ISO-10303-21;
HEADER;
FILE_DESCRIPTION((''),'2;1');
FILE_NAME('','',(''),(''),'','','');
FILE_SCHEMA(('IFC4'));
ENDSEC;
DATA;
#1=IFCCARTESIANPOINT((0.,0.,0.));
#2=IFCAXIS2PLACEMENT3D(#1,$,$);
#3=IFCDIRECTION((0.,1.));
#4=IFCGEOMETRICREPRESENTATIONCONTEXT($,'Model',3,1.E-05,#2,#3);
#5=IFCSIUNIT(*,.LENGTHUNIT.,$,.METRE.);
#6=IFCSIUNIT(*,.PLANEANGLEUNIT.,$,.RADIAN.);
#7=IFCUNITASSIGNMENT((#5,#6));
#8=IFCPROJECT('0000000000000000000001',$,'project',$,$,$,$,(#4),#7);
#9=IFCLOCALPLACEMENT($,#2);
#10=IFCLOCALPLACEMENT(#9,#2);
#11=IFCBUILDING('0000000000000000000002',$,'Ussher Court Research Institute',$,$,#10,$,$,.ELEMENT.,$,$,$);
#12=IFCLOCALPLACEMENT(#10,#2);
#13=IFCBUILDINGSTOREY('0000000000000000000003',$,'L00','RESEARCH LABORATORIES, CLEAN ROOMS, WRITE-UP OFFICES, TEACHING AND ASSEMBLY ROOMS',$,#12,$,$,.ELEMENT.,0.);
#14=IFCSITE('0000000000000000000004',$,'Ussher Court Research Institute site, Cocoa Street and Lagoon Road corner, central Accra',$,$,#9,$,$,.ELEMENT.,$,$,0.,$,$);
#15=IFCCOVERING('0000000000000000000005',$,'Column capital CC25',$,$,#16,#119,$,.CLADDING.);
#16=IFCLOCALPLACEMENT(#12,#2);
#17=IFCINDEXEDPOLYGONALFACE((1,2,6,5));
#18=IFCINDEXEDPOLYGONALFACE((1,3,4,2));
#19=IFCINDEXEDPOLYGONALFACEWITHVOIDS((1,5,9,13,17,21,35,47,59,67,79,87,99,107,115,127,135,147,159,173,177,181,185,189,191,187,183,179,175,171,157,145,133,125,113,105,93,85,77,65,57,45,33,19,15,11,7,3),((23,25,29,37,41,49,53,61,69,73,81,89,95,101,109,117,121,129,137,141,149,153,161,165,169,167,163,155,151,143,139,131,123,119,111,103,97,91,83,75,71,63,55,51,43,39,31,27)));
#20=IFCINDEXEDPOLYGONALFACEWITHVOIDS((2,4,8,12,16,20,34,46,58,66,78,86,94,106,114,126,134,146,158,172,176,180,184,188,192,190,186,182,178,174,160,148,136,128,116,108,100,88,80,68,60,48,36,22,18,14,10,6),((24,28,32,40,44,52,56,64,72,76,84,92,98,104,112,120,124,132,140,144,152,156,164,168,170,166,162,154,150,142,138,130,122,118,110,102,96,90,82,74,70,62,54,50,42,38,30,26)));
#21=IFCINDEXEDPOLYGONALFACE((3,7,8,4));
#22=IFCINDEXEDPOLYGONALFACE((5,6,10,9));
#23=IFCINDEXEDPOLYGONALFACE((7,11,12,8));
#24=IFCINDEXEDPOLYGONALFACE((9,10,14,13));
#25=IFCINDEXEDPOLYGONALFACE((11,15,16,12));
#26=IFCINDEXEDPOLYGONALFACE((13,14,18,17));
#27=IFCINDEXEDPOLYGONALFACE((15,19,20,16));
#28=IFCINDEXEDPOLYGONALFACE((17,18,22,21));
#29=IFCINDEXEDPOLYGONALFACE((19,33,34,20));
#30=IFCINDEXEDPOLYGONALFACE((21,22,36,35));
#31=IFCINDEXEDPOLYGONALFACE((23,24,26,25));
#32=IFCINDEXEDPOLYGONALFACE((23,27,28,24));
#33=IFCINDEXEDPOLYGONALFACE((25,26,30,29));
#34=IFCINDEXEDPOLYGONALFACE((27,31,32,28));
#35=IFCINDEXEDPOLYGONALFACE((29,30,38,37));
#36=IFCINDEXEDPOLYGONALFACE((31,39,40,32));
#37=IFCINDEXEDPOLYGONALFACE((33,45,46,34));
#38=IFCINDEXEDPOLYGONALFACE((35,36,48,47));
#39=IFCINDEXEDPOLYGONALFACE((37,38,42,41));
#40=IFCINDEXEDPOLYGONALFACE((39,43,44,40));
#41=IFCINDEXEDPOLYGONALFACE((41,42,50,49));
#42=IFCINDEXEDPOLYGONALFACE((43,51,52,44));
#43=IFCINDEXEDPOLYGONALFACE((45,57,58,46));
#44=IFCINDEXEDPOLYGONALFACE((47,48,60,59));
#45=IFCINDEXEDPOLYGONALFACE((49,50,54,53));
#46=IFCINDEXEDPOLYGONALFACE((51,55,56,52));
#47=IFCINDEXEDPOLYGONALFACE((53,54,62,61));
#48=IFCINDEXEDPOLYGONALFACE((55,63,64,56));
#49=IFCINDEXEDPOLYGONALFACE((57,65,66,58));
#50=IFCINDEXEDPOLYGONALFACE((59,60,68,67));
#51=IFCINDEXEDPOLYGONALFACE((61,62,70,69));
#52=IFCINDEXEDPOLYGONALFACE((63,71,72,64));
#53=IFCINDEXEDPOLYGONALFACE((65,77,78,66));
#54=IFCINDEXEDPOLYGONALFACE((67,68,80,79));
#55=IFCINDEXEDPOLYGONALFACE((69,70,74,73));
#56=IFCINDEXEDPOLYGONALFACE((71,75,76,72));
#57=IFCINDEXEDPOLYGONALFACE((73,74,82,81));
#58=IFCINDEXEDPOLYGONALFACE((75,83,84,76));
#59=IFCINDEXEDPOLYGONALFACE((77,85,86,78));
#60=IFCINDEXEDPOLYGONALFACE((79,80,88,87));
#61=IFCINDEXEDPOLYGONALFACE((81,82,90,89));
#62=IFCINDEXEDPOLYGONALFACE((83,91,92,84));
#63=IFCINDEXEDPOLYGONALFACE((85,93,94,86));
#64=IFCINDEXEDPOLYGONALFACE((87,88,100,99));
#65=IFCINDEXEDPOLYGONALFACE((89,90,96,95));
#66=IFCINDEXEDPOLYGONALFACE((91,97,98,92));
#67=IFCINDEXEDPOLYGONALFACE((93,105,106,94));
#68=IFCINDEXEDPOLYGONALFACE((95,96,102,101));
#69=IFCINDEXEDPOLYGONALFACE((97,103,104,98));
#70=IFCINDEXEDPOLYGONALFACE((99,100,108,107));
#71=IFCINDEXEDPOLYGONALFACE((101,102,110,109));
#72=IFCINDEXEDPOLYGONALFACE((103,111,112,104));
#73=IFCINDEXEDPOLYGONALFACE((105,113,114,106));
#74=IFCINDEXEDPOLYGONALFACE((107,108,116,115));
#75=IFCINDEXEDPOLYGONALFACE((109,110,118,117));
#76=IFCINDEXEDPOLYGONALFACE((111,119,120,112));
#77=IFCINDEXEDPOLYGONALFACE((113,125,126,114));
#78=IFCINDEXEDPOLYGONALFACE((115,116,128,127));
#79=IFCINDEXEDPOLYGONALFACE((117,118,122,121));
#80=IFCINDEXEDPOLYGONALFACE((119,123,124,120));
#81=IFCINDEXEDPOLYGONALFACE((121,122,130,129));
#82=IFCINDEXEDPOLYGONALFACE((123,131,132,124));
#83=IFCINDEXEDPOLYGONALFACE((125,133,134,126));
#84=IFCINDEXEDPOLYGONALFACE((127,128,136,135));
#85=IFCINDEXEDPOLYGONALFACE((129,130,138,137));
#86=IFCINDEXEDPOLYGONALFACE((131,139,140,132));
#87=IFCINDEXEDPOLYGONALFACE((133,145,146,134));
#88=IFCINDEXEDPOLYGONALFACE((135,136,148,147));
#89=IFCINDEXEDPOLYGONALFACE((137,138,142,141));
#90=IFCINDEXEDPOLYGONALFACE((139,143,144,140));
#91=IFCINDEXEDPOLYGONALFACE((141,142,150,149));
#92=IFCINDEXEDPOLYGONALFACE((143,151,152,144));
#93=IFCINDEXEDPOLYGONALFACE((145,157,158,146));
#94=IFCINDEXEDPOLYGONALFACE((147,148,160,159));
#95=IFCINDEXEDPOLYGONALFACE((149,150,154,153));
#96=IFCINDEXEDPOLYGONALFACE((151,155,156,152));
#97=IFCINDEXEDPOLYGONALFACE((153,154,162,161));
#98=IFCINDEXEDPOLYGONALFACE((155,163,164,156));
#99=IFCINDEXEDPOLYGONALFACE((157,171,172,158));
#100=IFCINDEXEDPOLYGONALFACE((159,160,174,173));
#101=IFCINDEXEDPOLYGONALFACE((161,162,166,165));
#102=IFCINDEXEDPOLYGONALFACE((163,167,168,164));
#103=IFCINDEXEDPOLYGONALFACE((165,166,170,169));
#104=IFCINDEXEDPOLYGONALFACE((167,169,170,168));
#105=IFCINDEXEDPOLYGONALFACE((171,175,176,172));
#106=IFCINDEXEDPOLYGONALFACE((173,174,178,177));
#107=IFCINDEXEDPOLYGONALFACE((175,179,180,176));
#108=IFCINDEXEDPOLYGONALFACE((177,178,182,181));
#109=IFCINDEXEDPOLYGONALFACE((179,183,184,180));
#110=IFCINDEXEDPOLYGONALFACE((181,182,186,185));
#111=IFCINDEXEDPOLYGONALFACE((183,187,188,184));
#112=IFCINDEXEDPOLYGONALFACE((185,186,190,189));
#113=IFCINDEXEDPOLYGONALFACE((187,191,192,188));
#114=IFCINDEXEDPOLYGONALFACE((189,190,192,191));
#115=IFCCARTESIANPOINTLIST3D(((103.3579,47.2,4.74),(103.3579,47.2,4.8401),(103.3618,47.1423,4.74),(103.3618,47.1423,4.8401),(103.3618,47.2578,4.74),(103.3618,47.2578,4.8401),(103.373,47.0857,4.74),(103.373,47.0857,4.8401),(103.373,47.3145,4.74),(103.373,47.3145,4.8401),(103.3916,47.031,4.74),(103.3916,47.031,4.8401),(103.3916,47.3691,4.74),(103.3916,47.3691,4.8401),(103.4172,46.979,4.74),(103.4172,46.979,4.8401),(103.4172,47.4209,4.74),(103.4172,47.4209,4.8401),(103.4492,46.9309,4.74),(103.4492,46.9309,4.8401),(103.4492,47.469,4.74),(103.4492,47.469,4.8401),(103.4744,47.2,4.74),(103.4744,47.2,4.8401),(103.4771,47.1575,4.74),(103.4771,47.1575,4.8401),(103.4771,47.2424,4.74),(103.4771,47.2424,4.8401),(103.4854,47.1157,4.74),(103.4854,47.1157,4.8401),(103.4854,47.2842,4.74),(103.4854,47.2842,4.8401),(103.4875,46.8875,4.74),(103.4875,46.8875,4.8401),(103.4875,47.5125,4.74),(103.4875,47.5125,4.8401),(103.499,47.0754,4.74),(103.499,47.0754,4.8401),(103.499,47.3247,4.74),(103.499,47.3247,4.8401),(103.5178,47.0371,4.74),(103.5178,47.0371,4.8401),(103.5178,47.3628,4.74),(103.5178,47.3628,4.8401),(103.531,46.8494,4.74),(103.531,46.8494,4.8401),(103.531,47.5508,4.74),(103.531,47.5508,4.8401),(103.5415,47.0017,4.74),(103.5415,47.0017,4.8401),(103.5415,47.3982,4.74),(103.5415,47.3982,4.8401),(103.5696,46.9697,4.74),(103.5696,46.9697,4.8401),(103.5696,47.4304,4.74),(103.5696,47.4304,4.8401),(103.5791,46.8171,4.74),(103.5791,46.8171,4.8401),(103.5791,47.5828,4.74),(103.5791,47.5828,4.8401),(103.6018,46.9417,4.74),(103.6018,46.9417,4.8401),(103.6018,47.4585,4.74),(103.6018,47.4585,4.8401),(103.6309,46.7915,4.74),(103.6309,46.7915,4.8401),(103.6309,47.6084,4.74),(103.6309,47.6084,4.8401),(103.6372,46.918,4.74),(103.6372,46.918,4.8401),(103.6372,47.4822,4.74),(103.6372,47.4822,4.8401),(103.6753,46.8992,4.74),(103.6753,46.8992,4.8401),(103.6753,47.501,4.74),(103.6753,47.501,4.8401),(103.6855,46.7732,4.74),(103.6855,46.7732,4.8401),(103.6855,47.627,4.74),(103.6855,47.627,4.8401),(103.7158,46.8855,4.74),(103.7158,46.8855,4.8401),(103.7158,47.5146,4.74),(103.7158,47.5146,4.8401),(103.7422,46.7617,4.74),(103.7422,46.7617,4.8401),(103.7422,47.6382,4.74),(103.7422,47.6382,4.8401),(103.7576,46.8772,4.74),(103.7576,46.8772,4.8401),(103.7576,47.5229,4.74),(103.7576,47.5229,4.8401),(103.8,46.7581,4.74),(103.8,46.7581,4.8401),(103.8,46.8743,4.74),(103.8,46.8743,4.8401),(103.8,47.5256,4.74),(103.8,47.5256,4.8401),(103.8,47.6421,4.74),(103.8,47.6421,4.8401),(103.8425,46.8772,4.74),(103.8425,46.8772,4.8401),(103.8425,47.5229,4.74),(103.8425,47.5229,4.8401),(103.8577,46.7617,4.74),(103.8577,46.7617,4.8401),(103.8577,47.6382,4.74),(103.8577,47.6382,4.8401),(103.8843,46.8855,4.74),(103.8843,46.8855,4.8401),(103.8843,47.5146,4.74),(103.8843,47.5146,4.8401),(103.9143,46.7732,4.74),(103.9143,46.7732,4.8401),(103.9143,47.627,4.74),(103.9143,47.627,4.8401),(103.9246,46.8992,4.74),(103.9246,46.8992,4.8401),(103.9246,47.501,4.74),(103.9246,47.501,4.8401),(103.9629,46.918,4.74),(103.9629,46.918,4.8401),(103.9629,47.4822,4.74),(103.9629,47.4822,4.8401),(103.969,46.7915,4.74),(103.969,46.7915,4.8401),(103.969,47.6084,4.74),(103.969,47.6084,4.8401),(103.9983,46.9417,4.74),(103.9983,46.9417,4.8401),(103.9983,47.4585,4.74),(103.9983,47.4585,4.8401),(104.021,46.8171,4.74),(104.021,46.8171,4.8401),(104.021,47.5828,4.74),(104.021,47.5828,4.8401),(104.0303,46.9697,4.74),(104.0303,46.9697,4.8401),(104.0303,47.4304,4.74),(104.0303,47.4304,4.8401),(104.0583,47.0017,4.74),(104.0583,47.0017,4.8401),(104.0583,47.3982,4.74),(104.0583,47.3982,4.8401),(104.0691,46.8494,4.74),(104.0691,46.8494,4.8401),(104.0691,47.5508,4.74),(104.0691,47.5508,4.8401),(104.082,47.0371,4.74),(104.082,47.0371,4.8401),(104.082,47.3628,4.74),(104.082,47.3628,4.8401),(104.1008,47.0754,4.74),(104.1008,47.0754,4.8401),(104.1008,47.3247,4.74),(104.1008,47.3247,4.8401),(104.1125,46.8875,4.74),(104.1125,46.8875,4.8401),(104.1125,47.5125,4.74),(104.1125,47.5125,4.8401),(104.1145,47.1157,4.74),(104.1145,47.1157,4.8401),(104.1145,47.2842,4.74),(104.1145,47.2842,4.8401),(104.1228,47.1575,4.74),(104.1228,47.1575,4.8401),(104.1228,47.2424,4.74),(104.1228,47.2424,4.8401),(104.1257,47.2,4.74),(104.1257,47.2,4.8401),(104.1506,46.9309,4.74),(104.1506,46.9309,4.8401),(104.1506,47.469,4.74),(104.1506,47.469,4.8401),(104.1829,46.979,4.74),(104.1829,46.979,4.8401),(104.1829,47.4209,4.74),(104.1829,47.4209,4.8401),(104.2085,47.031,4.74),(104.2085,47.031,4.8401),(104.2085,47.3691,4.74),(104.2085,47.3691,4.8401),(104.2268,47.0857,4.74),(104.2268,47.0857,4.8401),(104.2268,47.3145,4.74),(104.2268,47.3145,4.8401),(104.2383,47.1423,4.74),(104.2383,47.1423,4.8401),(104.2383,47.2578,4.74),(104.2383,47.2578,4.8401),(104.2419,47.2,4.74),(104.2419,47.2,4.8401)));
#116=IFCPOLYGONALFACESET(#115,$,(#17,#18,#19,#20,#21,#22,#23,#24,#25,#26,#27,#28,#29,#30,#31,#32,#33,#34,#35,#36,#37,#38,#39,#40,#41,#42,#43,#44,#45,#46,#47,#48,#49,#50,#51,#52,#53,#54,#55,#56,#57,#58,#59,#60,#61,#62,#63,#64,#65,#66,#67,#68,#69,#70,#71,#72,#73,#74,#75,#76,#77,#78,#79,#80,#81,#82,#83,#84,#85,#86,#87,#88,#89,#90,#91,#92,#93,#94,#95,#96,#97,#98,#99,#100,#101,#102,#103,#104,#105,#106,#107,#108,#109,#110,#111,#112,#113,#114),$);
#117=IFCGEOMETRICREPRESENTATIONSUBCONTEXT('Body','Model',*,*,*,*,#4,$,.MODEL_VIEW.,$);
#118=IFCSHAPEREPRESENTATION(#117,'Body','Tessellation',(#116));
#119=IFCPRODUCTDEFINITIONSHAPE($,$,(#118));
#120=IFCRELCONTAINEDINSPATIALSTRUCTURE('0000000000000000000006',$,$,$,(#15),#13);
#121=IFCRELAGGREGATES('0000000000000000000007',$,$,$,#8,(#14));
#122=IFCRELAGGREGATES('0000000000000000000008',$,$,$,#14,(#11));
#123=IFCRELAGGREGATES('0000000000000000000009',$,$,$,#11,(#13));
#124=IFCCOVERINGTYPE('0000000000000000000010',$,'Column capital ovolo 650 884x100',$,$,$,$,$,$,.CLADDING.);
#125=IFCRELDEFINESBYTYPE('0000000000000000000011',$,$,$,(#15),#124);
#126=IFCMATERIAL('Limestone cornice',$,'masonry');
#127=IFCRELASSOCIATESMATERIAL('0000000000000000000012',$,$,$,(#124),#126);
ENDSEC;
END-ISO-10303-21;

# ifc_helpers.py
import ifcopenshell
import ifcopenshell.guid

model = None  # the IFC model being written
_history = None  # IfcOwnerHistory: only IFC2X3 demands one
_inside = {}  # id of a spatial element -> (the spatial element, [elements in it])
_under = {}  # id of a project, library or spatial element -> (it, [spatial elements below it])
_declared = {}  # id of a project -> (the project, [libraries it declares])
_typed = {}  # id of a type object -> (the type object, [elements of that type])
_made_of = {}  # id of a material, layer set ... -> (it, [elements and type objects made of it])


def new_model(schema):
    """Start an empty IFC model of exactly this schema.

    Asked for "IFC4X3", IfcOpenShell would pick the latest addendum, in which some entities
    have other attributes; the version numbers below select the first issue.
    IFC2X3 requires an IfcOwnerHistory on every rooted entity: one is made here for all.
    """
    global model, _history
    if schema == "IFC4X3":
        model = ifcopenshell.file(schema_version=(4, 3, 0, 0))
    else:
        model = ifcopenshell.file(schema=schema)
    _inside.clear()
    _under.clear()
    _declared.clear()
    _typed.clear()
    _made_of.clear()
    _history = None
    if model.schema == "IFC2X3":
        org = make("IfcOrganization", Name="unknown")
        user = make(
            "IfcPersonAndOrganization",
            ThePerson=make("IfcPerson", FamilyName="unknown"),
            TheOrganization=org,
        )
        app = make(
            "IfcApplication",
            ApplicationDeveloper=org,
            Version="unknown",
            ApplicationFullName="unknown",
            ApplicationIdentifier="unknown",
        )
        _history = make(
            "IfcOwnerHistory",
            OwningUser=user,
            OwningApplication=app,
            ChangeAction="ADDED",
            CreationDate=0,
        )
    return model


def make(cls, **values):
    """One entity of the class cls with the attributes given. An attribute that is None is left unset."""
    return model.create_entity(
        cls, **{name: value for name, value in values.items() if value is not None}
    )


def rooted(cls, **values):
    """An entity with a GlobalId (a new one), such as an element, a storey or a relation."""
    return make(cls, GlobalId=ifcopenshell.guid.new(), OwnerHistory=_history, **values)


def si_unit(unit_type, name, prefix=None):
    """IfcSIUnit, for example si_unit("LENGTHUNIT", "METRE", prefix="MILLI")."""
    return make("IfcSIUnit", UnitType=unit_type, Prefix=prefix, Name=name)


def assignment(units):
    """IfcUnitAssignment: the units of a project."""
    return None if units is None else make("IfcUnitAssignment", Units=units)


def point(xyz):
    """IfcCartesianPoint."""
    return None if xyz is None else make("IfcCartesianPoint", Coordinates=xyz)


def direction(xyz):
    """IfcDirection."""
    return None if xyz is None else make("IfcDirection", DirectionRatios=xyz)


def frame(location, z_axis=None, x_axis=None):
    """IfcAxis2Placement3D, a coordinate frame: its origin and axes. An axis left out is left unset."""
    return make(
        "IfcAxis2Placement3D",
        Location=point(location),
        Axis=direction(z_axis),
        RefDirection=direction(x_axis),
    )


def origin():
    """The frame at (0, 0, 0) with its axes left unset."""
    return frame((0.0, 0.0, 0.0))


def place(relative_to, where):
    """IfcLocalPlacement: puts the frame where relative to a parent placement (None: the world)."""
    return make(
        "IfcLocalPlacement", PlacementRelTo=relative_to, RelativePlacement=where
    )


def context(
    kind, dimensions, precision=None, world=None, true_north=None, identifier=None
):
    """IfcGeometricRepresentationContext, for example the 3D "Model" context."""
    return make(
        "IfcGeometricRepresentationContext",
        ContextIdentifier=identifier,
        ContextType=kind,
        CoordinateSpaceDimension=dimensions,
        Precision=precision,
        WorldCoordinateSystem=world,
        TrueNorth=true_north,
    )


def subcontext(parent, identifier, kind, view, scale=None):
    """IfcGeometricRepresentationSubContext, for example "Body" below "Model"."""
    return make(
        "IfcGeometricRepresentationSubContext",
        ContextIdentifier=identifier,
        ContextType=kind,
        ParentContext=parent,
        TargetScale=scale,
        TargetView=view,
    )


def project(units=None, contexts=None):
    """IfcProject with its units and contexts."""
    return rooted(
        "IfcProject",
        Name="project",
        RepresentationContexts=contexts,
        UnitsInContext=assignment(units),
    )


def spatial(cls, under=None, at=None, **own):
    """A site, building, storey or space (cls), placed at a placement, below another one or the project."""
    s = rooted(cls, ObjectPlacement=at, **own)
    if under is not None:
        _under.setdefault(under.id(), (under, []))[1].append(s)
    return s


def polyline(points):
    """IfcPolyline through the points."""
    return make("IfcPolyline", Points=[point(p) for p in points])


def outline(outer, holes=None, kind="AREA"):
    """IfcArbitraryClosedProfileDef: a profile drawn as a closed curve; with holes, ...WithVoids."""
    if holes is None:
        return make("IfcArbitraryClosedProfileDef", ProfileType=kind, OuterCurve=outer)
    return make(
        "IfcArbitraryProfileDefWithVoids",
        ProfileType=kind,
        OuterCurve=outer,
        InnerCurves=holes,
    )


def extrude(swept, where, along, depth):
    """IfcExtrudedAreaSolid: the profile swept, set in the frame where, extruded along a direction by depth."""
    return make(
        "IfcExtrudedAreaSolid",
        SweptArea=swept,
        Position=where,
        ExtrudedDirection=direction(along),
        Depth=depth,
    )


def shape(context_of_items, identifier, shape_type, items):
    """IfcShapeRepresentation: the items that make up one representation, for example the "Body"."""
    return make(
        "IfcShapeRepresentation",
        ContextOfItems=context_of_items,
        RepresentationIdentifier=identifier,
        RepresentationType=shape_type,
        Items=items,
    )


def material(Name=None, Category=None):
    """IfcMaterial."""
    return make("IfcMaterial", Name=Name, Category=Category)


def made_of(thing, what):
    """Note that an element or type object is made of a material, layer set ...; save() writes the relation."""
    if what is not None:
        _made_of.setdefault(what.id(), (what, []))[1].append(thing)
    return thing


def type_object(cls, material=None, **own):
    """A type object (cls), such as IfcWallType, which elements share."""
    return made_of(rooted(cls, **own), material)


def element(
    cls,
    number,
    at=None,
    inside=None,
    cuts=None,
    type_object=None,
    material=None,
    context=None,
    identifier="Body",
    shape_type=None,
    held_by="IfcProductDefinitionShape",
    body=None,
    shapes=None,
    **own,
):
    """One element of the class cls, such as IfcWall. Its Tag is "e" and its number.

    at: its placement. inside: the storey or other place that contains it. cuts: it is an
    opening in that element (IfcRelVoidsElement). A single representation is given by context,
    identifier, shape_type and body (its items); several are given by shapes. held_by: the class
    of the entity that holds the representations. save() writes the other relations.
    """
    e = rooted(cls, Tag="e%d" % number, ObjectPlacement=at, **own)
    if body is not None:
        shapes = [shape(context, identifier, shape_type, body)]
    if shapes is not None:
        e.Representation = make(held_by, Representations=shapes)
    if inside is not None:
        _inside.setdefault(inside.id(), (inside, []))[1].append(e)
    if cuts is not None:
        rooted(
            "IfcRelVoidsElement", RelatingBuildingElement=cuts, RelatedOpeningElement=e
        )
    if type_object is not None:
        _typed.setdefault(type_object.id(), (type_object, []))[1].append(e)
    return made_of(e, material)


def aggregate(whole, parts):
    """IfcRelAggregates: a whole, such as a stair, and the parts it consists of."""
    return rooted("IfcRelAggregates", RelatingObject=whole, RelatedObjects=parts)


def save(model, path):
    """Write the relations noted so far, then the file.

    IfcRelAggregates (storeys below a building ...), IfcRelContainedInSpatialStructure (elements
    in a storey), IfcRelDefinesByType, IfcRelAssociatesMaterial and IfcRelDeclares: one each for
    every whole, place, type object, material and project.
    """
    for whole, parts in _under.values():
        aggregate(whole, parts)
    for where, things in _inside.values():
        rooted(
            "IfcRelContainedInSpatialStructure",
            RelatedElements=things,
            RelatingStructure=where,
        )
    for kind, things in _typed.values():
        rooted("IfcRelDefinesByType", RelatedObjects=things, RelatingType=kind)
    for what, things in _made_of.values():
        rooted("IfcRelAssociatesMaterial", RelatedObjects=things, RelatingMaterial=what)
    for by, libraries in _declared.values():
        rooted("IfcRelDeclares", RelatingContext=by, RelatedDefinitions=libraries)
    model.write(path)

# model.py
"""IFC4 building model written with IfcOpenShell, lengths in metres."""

from ifc_helpers import new_model, si_unit, direction, frame, origin, place, context, subcontext, project, spatial, polyline, outline, extrude, material, type_object, element, save


model = new_model("IFC4")

# Units and contexts
model_context = context("Model", 3, precision=1e-05, world=origin(), true_north=direction((0.0, 1.0)))
body_context = subcontext(model_context, "Body", "Model", "MODEL_VIEW")
ifc_project = project(units=[si_unit("LENGTHUNIT", "METRE"), si_unit("PLANEANGLEUNIT", "RADIAN")], contexts=[model_context])

# Site, building, storey
site_placement = place(None, origin())
site = spatial("IfcSite", under=ifc_project, at=site_placement, Name="Ussher Court Research Institute site, Cocoa Street and Lagoon Road corner, central Accra", CompositionType="ELEMENT", RefElevation=0.0)
building_placement = place(site_placement, origin())
building = spatial("IfcBuilding", under=site, at=building_placement, Name="Ussher Court Research Institute", CompositionType="ELEMENT")
storey_placement = place(building_placement, origin())
storey = spatial("IfcBuildingStorey", under=building, at=storey_placement, Name="L00", Description="RESEARCH LABORATORIES, CLEAN ROOMS, WRITE-UP OFFICES, TEACHING AND ASSEMBLY ROOMS", CompositionType="ELEMENT", Elevation=0.0)

# Covering
ifc_material_1 = material(Name="Limestone cornice", Category="masonry")
covering_type_1 = type_object("IfcCoveringType", Name="Column capital ovolo 650 884x100", PredefinedType="CLADDING", material=ifc_material_1)
covering_1_placement = place(storey_placement, frame((0.0, 0.0, 4.74)))
element("IfcCovering", 1, at=covering_1_placement, inside=storey, type_object=covering_type_1, Name="Column capital CC25", PredefinedType="CLADDING", context=body_context, shape_type="SweptSolid", body=[
    extrude(outline(polyline([(104.2419, 47.2), (104.2383, 47.2578), (104.2268, 47.3145), (104.2085, 47.3691), (104.1829, 47.4209), (104.1506, 47.469), (104.1125, 47.5125), (104.0691, 47.5508), (104.021, 47.5828), (103.969, 47.6084), (103.9143, 47.627), (103.8577, 47.6382), (103.8, 47.6421), (103.7422, 47.6382), (103.6855, 47.627), (103.6309, 47.6084), (103.5791, 47.5828), (103.531, 47.5508), (103.4875, 47.5125), (103.4492, 47.469), (103.4172, 47.4209), (103.3916, 47.3691), (103.373, 47.3145), (103.3618, 47.2578), (103.3579, 47.2), (103.3618, 47.1423), (103.373, 47.0857), (103.3916, 47.031), (103.4172, 46.979), (103.4492, 46.9309), (103.4875, 46.8875), (103.531, 46.8494), (103.5791, 46.8171), (103.6309, 46.7915), (103.6855, 46.7732), (103.7422, 46.7617), (103.8, 46.7581), (103.8577, 46.7617), (103.9143, 46.7732), (103.969, 46.7915), (104.021, 46.8171), (104.0691, 46.8494), (104.1125, 46.8875), (104.1506, 46.9309), (104.1829, 46.979), (104.2085, 47.031), (104.2268, 47.0857), (104.2383, 47.1423), (104.2419, 47.2)]), holes=[polyline([(104.1257, 47.2), (104.1228, 47.2424), (104.1145, 47.2842), (104.1008, 47.3247), (104.082, 47.3628), (104.0583, 47.3982), (104.0303, 47.4304), (103.9983, 47.4585), (103.9629, 47.4822), (103.9246, 47.501), (103.8843, 47.5146), (103.8425, 47.5229), (103.8, 47.5256), (103.7576, 47.5229), (103.7158, 47.5146), (103.6753, 47.501), (103.6372, 47.4822), (103.6018, 47.4585), (103.5696, 47.4304), (103.5415, 47.3982), (103.5178, 47.3628), (103.499, 47.3247), (103.4854, 47.2842), (103.4771, 47.2424), (103.4744, 47.2), (103.4771, 47.1575), (103.4854, 47.1157), (103.499, 47.0754), (103.5178, 47.0371), (103.5415, 47.0017), (103.5696, 46.9697), (103.6018, 46.9417), (103.6372, 46.918), (103.6753, 46.8992), (103.7158, 46.8855), (103.7576, 46.8772), (103.8, 46.8743), (103.8425, 46.8772), (103.8843, 46.8855), (103.9246, 46.8992), (103.9629, 46.918), (103.9983, 46.9417), (104.0303, 46.9697), (104.0583, 47.0017), (104.082, 47.0371), (104.1008, 47.0754), (104.1145, 47.1157), (104.1228, 47.1575), (104.1257, 47.2)])]), origin(), (0.0, 0.0, 1.0), 0.1001),
])

save(model, "model.ifc")
